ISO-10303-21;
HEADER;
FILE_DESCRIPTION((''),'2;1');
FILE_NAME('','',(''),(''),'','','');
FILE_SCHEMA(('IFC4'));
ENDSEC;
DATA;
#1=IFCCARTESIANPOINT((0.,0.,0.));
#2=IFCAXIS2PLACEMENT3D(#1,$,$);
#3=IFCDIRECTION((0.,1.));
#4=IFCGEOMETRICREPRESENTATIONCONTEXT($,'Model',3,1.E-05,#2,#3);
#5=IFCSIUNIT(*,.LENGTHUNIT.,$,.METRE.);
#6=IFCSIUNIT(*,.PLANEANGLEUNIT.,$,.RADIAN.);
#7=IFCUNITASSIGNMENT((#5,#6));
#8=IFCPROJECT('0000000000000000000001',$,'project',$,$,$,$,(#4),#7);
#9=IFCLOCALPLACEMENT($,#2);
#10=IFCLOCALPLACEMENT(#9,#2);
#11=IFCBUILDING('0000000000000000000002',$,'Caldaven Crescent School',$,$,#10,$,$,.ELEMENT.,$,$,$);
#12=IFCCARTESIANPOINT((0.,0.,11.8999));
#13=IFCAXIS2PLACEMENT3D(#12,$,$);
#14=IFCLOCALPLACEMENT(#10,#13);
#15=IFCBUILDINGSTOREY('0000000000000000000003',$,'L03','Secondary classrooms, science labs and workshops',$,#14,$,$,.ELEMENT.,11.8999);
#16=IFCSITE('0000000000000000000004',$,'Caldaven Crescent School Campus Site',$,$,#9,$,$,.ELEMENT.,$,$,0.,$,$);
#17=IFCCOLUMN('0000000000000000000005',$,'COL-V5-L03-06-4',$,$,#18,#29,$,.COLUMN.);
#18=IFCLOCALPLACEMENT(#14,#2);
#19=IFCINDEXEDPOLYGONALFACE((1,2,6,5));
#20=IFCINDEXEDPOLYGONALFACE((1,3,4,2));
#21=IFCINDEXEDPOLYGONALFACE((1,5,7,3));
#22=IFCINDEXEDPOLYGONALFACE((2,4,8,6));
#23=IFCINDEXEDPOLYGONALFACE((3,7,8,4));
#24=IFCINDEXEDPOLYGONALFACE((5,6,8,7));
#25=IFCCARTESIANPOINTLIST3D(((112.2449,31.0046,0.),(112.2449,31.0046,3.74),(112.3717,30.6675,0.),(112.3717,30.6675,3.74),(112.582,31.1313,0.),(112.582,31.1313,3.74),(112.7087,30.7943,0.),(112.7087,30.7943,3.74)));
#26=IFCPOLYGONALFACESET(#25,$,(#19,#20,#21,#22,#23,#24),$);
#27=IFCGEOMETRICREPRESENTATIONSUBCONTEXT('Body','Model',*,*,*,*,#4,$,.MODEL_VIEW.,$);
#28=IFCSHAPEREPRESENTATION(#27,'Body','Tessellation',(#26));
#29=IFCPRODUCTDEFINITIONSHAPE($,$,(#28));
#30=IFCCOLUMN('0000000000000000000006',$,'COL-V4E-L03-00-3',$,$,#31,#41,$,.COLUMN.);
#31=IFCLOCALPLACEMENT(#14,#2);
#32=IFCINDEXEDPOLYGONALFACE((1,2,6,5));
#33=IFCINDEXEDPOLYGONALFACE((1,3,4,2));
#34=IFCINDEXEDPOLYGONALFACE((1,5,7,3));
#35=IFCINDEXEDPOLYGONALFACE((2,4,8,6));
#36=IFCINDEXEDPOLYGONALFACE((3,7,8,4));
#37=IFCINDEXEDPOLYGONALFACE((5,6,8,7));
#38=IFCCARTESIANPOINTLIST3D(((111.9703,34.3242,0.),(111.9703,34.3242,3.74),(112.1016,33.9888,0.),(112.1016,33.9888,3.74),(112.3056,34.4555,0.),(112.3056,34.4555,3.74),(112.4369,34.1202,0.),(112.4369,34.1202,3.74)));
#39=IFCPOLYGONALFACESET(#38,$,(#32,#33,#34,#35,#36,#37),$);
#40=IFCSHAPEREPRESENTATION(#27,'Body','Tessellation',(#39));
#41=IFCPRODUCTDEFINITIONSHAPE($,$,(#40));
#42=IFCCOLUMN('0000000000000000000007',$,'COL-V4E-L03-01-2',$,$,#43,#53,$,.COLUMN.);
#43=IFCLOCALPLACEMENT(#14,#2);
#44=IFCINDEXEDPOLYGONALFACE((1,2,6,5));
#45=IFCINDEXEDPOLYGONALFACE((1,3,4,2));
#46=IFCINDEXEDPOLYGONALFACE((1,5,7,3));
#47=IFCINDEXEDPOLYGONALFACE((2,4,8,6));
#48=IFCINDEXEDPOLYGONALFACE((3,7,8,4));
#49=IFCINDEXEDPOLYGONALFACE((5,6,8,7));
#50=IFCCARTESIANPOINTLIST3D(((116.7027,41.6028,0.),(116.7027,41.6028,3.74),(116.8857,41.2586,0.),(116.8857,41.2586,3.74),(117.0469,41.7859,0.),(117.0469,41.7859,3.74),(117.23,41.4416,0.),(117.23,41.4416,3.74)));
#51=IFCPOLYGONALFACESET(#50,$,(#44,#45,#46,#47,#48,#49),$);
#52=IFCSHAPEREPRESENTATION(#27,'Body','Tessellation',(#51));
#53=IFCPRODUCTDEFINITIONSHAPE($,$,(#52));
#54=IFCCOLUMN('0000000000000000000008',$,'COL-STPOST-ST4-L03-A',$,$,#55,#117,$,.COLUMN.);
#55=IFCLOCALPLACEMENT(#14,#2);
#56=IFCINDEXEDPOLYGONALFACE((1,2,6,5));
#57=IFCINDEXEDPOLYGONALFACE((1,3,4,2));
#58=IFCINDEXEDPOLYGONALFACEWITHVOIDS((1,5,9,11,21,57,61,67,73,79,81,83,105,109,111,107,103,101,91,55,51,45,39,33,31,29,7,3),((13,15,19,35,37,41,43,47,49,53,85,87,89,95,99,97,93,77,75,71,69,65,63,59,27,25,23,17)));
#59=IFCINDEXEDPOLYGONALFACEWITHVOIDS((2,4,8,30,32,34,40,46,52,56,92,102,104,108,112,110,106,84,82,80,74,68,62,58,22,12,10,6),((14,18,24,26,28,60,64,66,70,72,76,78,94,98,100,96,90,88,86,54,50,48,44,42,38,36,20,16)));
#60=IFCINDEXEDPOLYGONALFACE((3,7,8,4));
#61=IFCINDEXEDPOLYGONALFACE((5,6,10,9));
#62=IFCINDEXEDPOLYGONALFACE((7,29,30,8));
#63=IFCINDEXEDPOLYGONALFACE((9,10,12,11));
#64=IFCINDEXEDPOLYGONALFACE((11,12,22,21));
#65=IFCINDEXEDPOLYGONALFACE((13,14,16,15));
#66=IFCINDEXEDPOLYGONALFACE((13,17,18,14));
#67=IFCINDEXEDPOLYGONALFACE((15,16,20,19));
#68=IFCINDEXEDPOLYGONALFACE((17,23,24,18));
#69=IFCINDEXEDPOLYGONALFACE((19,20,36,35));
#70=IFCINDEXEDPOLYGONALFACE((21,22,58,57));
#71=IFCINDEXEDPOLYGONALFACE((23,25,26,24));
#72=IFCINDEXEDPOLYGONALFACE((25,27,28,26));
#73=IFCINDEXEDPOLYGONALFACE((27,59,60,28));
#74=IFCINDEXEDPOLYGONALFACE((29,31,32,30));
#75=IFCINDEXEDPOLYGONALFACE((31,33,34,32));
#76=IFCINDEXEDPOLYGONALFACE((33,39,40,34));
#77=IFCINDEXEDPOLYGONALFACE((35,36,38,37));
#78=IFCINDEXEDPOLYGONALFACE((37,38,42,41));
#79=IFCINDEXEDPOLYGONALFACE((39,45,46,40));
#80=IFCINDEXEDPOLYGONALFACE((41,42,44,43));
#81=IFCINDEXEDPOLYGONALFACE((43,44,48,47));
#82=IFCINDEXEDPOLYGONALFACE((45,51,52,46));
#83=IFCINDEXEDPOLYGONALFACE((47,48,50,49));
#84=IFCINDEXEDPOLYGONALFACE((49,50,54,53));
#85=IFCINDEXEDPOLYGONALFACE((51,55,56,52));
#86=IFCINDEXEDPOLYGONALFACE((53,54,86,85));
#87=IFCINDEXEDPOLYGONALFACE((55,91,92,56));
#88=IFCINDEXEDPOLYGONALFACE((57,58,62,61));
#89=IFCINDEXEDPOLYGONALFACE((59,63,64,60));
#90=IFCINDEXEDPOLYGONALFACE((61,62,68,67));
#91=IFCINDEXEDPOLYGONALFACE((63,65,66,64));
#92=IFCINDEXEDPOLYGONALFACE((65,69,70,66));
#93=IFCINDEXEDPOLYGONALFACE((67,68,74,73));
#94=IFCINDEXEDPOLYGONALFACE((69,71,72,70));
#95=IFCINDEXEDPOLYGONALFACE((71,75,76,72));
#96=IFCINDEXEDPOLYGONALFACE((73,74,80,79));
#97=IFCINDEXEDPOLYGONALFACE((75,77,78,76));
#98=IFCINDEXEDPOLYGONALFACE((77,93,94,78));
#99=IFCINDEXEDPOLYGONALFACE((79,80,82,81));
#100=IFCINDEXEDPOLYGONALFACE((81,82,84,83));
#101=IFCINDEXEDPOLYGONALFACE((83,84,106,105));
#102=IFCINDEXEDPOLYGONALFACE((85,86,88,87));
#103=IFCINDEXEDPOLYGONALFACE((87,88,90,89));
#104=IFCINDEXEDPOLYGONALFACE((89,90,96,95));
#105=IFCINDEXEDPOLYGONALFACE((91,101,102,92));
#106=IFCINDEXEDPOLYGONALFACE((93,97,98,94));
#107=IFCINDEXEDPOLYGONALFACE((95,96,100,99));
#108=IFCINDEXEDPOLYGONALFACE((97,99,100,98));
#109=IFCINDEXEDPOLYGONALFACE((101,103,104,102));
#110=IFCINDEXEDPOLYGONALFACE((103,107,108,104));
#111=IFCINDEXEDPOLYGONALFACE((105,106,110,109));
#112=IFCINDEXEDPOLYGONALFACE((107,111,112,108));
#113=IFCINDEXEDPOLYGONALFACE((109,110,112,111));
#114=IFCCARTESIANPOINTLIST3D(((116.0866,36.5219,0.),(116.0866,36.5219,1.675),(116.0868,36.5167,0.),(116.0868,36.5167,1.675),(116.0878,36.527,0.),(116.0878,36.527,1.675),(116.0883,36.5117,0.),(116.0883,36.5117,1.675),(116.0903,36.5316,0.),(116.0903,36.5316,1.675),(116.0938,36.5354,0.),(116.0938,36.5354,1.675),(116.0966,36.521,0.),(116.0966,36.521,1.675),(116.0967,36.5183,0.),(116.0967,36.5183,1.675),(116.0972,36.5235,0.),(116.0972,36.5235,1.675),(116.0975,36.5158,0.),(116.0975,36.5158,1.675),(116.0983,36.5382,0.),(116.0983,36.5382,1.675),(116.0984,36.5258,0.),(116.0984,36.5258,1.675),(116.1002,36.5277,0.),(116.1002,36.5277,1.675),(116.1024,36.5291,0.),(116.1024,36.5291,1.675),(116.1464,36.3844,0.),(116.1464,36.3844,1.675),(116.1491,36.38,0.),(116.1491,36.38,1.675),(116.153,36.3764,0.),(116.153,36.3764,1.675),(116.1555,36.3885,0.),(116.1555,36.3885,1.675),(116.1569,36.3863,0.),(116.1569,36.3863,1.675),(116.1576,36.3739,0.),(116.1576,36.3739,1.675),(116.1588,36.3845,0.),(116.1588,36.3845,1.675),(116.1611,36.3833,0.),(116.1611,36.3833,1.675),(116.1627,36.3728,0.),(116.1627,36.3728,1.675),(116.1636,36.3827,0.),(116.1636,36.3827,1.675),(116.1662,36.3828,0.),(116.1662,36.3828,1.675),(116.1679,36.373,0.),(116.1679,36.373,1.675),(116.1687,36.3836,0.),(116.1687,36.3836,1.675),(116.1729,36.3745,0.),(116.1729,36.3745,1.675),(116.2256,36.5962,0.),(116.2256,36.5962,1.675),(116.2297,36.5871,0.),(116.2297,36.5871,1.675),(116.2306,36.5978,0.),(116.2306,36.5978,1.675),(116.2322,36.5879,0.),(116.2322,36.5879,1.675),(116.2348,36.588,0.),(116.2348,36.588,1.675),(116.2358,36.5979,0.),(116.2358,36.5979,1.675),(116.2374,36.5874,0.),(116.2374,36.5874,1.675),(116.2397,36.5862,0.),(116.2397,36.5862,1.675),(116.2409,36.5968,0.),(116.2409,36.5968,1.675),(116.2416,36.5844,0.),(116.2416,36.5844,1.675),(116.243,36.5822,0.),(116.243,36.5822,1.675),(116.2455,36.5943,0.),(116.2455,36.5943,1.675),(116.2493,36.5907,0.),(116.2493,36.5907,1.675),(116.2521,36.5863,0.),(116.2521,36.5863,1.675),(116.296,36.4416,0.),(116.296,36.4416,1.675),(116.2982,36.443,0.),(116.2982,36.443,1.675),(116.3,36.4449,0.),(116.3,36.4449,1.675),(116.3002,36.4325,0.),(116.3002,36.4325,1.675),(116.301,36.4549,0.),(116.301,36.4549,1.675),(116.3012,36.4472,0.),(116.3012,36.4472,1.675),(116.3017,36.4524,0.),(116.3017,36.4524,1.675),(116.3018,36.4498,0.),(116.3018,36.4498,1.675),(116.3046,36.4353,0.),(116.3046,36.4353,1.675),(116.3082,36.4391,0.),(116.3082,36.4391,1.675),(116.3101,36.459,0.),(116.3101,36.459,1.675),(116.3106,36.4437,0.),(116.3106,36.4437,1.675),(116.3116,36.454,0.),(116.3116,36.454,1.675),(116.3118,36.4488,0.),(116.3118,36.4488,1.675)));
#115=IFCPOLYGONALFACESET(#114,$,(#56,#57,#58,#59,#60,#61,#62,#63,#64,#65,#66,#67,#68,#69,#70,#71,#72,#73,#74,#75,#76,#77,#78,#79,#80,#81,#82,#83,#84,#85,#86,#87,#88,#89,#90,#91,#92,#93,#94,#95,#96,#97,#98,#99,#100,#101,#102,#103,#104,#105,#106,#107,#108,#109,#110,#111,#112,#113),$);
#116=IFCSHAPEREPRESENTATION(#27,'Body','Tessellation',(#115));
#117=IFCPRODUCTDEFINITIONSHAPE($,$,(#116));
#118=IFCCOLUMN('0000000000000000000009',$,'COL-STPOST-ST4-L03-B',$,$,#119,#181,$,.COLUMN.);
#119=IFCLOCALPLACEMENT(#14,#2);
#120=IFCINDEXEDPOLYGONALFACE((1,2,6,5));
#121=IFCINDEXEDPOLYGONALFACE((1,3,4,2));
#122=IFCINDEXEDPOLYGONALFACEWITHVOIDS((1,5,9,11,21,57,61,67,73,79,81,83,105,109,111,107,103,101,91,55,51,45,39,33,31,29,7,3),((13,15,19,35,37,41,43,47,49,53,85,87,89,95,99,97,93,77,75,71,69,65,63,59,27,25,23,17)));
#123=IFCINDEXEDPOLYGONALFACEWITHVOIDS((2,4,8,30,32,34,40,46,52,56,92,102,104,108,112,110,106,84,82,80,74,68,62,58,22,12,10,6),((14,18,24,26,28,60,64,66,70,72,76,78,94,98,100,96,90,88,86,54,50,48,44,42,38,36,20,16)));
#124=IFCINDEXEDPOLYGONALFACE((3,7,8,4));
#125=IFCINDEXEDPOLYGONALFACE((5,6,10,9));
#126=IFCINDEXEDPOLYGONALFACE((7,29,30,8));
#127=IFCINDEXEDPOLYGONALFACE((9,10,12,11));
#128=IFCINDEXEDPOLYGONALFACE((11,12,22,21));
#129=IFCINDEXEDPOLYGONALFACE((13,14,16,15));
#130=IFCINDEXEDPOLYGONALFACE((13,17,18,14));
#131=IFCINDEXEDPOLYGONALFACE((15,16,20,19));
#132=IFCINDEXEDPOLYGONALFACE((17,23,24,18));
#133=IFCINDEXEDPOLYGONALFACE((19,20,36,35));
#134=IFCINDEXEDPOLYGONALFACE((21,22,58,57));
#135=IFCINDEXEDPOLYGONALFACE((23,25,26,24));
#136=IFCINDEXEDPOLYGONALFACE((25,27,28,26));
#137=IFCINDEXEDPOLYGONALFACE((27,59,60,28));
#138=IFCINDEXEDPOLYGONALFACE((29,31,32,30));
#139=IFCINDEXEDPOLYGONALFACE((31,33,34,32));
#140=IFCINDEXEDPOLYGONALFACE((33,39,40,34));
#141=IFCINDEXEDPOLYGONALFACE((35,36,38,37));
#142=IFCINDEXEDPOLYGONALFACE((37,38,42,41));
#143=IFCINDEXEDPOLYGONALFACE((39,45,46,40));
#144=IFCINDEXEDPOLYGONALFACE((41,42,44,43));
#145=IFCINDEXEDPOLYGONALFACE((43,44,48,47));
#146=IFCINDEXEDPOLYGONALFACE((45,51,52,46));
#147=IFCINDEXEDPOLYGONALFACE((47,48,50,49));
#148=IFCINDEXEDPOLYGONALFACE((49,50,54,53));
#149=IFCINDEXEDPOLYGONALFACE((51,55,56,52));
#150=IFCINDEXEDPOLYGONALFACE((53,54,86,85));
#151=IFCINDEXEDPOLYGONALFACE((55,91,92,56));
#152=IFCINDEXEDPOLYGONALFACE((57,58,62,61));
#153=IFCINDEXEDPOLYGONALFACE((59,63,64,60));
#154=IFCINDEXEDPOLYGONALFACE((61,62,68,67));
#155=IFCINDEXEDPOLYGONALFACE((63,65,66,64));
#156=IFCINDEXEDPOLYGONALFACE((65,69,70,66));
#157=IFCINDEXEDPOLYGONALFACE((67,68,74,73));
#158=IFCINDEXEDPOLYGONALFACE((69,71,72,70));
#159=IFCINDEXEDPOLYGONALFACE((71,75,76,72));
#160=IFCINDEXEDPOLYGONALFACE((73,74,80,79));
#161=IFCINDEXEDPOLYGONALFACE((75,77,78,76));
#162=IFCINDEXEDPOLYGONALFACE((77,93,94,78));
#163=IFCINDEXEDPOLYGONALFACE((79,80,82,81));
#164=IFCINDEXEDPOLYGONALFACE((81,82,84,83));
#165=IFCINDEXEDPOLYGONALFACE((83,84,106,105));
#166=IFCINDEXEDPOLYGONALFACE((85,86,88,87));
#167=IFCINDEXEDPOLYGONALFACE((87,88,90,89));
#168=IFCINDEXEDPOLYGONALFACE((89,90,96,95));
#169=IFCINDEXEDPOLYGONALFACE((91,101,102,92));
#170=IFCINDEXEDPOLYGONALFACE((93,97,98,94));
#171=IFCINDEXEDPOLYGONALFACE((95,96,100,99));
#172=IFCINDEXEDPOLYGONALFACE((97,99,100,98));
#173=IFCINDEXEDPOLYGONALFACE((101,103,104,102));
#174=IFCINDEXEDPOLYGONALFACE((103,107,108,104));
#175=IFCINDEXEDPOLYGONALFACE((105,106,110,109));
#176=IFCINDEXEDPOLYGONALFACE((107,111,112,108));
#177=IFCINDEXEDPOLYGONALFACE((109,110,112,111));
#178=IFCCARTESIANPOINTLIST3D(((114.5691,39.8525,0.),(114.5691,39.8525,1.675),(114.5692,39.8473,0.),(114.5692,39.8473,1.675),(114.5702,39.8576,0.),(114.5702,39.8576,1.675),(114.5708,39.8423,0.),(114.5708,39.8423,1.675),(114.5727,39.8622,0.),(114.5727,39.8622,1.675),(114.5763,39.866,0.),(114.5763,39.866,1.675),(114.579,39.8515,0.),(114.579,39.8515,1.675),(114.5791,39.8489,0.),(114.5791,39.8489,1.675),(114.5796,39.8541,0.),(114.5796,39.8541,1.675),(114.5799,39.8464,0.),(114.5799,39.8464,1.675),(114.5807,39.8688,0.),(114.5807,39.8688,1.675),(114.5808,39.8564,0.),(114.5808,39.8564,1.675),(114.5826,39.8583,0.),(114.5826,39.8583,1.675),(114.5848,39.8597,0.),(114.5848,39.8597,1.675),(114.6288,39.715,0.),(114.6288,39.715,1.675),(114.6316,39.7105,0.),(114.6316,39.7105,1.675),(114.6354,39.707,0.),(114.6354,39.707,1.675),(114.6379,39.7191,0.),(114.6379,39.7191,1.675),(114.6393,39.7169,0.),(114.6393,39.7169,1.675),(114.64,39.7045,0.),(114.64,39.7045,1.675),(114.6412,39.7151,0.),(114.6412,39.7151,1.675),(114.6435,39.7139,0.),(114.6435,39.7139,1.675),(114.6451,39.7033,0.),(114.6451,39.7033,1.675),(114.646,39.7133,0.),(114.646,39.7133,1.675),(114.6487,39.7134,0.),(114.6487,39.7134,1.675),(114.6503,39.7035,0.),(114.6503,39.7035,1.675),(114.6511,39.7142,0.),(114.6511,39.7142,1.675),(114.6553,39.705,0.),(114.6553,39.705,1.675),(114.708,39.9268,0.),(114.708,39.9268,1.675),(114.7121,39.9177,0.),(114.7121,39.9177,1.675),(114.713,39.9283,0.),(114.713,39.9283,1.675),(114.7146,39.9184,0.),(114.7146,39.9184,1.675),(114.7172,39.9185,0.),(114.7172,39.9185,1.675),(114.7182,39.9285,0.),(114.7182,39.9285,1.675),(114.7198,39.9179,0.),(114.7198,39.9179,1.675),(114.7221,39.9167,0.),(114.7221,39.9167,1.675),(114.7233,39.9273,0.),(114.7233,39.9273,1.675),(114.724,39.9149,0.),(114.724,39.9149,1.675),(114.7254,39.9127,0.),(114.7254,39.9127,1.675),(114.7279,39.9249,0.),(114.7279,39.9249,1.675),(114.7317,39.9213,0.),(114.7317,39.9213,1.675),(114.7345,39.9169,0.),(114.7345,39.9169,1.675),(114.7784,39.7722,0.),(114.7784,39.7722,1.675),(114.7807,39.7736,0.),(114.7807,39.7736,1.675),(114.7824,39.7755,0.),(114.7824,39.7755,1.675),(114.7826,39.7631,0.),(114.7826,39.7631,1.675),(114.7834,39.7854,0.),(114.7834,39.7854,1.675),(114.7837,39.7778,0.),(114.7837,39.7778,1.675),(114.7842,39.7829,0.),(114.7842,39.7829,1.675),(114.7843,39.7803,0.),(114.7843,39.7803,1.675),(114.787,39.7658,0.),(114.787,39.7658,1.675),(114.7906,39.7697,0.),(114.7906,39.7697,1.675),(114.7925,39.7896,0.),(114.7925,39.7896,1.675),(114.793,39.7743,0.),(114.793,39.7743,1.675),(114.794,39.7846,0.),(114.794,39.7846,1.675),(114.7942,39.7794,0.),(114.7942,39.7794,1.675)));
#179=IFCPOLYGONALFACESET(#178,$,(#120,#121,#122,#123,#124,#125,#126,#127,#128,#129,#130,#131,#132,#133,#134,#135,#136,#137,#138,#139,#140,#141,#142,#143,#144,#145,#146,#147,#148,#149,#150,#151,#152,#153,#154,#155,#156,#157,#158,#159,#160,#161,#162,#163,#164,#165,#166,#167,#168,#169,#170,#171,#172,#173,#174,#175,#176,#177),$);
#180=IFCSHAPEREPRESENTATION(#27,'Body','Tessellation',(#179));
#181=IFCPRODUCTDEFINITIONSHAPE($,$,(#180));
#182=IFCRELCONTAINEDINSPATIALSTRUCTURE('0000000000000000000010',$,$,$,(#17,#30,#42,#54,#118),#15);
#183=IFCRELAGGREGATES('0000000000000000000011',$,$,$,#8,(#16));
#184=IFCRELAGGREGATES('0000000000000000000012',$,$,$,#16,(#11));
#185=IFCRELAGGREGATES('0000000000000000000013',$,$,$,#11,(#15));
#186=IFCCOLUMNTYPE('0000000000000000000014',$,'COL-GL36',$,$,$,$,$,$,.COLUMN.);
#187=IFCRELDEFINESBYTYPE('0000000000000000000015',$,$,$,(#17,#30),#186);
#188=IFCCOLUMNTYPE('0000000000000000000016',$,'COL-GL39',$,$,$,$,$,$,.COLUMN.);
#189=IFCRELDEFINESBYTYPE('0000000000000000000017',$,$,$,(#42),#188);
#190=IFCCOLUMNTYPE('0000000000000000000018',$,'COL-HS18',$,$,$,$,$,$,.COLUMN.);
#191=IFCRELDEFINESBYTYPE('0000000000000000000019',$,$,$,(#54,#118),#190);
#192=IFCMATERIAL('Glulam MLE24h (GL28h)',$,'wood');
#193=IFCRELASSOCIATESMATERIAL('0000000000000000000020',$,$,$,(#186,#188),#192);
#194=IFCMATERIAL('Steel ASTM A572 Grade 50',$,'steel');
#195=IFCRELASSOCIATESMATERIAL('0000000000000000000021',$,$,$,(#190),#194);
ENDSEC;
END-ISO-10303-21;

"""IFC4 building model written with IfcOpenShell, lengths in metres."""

from ifc_helpers import new_model, si_unit, direction, frame, origin, origin_2d, place, context, subcontext, project, spatial, rectangle, hollow_rectangle, extrude, material, material_profile, profile_set, type_object, element, save


model = new_model("IFC4")

# Units and contexts
model_context = context("Model", 3, precision=1e-05, world=origin(), true_north=direction((0.0, 1.0)))
body_context = subcontext(model_context, "Body", "Model", "MODEL_VIEW")
ifc_project = project(units=[si_unit("LENGTHUNIT", "METRE"), si_unit("PLANEANGLEUNIT", "RADIAN")], contexts=[model_context])

# Site, building, storey
site_placement = place(None, origin())
site = spatial("IfcSite", under=ifc_project, at=site_placement, Name="Caldaven Crescent School Campus Site", CompositionType="ELEMENT", RefElevation=0.0)
building_placement = place(site_placement, origin())
building = spatial("IfcBuilding", under=site, at=building_placement, Name="Caldaven Crescent School", CompositionType="ELEMENT")
storey_placement = place(building_placement, frame((0.0, 0.0, 11.8999)))
storey = spatial("IfcBuildingStorey", under=building, at=storey_placement, Name="L03", Description="Secondary classrooms, science labs and workshops", CompositionType="ELEMENT", Elevation=11.8999)

# Columns
ifc_material_1 = material(Name="Glulam MLE24h (GL28h)", Category="wood")
ifc_material_profile_1 = material_profile(ifc_material_1, rectangle(XDim=0.3601, YDim=0.3601, at=origin_2d()), Name="MLE 360x360")
ifc_profile_set_1 = profile_set([ifc_material_profile_1], Name="Glulam MLE24h (GL28h)")
column_type_1 = type_object("IfcColumnType", Name="COL-GL36", PredefinedType="COLUMN", material=ifc_profile_set_1)
for number, where, z_axis, x_axis, name in (
    (1, (112.4768, 30.8994, 0.0), (0.0, 0.0, 1.0), (0.352005, -0.935998, 0.0), "COL-V5-L03-06-4"),
    (2, (112.2036, 34.2222, 0.0), (0.0, 0.0, 1.0), (0.364714, -0.931119, 0.0), "COL-V4E-L03-00-3"),
):
    element("IfcColumn", number, at=place(storey_placement, frame(where, z_axis=z_axis, x_axis=x_axis)), inside=storey, type_object=column_type_1, Name=name, PredefinedType="COLUMN", context=body_context, shape_type="SweptSolid", body=[
        extrude(rectangle(XDim=0.3601, YDim=0.3601, at=origin_2d()), origin(), (0.0, 0.0, 1.0), 3.74),
    ])
ifc_material_profile_2 = material_profile(ifc_material_1, rectangle(XDim=0.3899, YDim=0.3899, at=origin_2d()), Name="MLE 390x390")
ifc_profile_set_2 = profile_set([ifc_material_profile_2], Name="Glulam MLE24h (GL28h)")
column_type_2 = type_object("IfcColumnType", Name="COL-GL39", PredefinedType="COLUMN", material=ifc_profile_set_2)
column_placement = place(storey_placement, frame((116.9663, 41.5222, 0.0), z_axis=(0.0, 0.0, 1.0), x_axis=(0.469472, -0.882948, 0.0)))
element("IfcColumn", 3, at=column_placement, inside=storey, type_object=column_type_2, Name="COL-V4E-L03-01-2", PredefinedType="COLUMN", context=body_context, shape_type="SweptSolid", body=[
    extrude(rectangle(XDim=0.3899, YDim=0.3899, at=origin_2d()), origin(), (0.0, 0.0, 1.0), 3.74),
])
ifc_material_2 = material(Name="Steel ASTM A572 Grade 50", Category="steel")
ifc_material_profile_3 = material_profile(ifc_material_2, hollow_rectangle(XDim=0.1799, YDim=0.1799, WallThickness=0.01, InnerFilletRadius=0.01, OuterFilletRadius=0.02, at=origin_2d()), Name="HSS 180x180x10")
ifc_profile_set_3 = profile_set([ifc_material_profile_3], Name="Steel ASTM A572 Grade 50")
column_type_3 = type_object("IfcColumnType", Name="COL-HS18", PredefinedType="COLUMN", material=ifc_profile_set_3)
for number, where, z_axis, x_axis, name in (
    (4, (116.1992, 36.4854, 0.0), (0.0, 0.0, 1.0), (0.909961, 0.414693, 0.0), "COL-STPOST-ST4-L03-A"),
    (5, (114.6816, 39.8159, 0.0), (0.0, 0.0, 1.0), (0.909961, 0.414693, 0.0), "COL-STPOST-ST4-L03-B"),
):
    element("IfcColumn", number, at=place(storey_placement, frame(where, z_axis=z_axis, x_axis=x_axis)), inside=storey, type_object=column_type_3, Name=name, PredefinedType="COLUMN", context=body_context, shape_type="SweptSolid", body=[
        extrude(hollow_rectangle(XDim=0.1799, YDim=0.1799, WallThickness=0.01, InnerFilletRadius=0.01, OuterFilletRadius=0.02, at=origin_2d()), origin(), (0.0, 0.0, 1.0), 1.675),
    ])

save(model, "model.ifc")
